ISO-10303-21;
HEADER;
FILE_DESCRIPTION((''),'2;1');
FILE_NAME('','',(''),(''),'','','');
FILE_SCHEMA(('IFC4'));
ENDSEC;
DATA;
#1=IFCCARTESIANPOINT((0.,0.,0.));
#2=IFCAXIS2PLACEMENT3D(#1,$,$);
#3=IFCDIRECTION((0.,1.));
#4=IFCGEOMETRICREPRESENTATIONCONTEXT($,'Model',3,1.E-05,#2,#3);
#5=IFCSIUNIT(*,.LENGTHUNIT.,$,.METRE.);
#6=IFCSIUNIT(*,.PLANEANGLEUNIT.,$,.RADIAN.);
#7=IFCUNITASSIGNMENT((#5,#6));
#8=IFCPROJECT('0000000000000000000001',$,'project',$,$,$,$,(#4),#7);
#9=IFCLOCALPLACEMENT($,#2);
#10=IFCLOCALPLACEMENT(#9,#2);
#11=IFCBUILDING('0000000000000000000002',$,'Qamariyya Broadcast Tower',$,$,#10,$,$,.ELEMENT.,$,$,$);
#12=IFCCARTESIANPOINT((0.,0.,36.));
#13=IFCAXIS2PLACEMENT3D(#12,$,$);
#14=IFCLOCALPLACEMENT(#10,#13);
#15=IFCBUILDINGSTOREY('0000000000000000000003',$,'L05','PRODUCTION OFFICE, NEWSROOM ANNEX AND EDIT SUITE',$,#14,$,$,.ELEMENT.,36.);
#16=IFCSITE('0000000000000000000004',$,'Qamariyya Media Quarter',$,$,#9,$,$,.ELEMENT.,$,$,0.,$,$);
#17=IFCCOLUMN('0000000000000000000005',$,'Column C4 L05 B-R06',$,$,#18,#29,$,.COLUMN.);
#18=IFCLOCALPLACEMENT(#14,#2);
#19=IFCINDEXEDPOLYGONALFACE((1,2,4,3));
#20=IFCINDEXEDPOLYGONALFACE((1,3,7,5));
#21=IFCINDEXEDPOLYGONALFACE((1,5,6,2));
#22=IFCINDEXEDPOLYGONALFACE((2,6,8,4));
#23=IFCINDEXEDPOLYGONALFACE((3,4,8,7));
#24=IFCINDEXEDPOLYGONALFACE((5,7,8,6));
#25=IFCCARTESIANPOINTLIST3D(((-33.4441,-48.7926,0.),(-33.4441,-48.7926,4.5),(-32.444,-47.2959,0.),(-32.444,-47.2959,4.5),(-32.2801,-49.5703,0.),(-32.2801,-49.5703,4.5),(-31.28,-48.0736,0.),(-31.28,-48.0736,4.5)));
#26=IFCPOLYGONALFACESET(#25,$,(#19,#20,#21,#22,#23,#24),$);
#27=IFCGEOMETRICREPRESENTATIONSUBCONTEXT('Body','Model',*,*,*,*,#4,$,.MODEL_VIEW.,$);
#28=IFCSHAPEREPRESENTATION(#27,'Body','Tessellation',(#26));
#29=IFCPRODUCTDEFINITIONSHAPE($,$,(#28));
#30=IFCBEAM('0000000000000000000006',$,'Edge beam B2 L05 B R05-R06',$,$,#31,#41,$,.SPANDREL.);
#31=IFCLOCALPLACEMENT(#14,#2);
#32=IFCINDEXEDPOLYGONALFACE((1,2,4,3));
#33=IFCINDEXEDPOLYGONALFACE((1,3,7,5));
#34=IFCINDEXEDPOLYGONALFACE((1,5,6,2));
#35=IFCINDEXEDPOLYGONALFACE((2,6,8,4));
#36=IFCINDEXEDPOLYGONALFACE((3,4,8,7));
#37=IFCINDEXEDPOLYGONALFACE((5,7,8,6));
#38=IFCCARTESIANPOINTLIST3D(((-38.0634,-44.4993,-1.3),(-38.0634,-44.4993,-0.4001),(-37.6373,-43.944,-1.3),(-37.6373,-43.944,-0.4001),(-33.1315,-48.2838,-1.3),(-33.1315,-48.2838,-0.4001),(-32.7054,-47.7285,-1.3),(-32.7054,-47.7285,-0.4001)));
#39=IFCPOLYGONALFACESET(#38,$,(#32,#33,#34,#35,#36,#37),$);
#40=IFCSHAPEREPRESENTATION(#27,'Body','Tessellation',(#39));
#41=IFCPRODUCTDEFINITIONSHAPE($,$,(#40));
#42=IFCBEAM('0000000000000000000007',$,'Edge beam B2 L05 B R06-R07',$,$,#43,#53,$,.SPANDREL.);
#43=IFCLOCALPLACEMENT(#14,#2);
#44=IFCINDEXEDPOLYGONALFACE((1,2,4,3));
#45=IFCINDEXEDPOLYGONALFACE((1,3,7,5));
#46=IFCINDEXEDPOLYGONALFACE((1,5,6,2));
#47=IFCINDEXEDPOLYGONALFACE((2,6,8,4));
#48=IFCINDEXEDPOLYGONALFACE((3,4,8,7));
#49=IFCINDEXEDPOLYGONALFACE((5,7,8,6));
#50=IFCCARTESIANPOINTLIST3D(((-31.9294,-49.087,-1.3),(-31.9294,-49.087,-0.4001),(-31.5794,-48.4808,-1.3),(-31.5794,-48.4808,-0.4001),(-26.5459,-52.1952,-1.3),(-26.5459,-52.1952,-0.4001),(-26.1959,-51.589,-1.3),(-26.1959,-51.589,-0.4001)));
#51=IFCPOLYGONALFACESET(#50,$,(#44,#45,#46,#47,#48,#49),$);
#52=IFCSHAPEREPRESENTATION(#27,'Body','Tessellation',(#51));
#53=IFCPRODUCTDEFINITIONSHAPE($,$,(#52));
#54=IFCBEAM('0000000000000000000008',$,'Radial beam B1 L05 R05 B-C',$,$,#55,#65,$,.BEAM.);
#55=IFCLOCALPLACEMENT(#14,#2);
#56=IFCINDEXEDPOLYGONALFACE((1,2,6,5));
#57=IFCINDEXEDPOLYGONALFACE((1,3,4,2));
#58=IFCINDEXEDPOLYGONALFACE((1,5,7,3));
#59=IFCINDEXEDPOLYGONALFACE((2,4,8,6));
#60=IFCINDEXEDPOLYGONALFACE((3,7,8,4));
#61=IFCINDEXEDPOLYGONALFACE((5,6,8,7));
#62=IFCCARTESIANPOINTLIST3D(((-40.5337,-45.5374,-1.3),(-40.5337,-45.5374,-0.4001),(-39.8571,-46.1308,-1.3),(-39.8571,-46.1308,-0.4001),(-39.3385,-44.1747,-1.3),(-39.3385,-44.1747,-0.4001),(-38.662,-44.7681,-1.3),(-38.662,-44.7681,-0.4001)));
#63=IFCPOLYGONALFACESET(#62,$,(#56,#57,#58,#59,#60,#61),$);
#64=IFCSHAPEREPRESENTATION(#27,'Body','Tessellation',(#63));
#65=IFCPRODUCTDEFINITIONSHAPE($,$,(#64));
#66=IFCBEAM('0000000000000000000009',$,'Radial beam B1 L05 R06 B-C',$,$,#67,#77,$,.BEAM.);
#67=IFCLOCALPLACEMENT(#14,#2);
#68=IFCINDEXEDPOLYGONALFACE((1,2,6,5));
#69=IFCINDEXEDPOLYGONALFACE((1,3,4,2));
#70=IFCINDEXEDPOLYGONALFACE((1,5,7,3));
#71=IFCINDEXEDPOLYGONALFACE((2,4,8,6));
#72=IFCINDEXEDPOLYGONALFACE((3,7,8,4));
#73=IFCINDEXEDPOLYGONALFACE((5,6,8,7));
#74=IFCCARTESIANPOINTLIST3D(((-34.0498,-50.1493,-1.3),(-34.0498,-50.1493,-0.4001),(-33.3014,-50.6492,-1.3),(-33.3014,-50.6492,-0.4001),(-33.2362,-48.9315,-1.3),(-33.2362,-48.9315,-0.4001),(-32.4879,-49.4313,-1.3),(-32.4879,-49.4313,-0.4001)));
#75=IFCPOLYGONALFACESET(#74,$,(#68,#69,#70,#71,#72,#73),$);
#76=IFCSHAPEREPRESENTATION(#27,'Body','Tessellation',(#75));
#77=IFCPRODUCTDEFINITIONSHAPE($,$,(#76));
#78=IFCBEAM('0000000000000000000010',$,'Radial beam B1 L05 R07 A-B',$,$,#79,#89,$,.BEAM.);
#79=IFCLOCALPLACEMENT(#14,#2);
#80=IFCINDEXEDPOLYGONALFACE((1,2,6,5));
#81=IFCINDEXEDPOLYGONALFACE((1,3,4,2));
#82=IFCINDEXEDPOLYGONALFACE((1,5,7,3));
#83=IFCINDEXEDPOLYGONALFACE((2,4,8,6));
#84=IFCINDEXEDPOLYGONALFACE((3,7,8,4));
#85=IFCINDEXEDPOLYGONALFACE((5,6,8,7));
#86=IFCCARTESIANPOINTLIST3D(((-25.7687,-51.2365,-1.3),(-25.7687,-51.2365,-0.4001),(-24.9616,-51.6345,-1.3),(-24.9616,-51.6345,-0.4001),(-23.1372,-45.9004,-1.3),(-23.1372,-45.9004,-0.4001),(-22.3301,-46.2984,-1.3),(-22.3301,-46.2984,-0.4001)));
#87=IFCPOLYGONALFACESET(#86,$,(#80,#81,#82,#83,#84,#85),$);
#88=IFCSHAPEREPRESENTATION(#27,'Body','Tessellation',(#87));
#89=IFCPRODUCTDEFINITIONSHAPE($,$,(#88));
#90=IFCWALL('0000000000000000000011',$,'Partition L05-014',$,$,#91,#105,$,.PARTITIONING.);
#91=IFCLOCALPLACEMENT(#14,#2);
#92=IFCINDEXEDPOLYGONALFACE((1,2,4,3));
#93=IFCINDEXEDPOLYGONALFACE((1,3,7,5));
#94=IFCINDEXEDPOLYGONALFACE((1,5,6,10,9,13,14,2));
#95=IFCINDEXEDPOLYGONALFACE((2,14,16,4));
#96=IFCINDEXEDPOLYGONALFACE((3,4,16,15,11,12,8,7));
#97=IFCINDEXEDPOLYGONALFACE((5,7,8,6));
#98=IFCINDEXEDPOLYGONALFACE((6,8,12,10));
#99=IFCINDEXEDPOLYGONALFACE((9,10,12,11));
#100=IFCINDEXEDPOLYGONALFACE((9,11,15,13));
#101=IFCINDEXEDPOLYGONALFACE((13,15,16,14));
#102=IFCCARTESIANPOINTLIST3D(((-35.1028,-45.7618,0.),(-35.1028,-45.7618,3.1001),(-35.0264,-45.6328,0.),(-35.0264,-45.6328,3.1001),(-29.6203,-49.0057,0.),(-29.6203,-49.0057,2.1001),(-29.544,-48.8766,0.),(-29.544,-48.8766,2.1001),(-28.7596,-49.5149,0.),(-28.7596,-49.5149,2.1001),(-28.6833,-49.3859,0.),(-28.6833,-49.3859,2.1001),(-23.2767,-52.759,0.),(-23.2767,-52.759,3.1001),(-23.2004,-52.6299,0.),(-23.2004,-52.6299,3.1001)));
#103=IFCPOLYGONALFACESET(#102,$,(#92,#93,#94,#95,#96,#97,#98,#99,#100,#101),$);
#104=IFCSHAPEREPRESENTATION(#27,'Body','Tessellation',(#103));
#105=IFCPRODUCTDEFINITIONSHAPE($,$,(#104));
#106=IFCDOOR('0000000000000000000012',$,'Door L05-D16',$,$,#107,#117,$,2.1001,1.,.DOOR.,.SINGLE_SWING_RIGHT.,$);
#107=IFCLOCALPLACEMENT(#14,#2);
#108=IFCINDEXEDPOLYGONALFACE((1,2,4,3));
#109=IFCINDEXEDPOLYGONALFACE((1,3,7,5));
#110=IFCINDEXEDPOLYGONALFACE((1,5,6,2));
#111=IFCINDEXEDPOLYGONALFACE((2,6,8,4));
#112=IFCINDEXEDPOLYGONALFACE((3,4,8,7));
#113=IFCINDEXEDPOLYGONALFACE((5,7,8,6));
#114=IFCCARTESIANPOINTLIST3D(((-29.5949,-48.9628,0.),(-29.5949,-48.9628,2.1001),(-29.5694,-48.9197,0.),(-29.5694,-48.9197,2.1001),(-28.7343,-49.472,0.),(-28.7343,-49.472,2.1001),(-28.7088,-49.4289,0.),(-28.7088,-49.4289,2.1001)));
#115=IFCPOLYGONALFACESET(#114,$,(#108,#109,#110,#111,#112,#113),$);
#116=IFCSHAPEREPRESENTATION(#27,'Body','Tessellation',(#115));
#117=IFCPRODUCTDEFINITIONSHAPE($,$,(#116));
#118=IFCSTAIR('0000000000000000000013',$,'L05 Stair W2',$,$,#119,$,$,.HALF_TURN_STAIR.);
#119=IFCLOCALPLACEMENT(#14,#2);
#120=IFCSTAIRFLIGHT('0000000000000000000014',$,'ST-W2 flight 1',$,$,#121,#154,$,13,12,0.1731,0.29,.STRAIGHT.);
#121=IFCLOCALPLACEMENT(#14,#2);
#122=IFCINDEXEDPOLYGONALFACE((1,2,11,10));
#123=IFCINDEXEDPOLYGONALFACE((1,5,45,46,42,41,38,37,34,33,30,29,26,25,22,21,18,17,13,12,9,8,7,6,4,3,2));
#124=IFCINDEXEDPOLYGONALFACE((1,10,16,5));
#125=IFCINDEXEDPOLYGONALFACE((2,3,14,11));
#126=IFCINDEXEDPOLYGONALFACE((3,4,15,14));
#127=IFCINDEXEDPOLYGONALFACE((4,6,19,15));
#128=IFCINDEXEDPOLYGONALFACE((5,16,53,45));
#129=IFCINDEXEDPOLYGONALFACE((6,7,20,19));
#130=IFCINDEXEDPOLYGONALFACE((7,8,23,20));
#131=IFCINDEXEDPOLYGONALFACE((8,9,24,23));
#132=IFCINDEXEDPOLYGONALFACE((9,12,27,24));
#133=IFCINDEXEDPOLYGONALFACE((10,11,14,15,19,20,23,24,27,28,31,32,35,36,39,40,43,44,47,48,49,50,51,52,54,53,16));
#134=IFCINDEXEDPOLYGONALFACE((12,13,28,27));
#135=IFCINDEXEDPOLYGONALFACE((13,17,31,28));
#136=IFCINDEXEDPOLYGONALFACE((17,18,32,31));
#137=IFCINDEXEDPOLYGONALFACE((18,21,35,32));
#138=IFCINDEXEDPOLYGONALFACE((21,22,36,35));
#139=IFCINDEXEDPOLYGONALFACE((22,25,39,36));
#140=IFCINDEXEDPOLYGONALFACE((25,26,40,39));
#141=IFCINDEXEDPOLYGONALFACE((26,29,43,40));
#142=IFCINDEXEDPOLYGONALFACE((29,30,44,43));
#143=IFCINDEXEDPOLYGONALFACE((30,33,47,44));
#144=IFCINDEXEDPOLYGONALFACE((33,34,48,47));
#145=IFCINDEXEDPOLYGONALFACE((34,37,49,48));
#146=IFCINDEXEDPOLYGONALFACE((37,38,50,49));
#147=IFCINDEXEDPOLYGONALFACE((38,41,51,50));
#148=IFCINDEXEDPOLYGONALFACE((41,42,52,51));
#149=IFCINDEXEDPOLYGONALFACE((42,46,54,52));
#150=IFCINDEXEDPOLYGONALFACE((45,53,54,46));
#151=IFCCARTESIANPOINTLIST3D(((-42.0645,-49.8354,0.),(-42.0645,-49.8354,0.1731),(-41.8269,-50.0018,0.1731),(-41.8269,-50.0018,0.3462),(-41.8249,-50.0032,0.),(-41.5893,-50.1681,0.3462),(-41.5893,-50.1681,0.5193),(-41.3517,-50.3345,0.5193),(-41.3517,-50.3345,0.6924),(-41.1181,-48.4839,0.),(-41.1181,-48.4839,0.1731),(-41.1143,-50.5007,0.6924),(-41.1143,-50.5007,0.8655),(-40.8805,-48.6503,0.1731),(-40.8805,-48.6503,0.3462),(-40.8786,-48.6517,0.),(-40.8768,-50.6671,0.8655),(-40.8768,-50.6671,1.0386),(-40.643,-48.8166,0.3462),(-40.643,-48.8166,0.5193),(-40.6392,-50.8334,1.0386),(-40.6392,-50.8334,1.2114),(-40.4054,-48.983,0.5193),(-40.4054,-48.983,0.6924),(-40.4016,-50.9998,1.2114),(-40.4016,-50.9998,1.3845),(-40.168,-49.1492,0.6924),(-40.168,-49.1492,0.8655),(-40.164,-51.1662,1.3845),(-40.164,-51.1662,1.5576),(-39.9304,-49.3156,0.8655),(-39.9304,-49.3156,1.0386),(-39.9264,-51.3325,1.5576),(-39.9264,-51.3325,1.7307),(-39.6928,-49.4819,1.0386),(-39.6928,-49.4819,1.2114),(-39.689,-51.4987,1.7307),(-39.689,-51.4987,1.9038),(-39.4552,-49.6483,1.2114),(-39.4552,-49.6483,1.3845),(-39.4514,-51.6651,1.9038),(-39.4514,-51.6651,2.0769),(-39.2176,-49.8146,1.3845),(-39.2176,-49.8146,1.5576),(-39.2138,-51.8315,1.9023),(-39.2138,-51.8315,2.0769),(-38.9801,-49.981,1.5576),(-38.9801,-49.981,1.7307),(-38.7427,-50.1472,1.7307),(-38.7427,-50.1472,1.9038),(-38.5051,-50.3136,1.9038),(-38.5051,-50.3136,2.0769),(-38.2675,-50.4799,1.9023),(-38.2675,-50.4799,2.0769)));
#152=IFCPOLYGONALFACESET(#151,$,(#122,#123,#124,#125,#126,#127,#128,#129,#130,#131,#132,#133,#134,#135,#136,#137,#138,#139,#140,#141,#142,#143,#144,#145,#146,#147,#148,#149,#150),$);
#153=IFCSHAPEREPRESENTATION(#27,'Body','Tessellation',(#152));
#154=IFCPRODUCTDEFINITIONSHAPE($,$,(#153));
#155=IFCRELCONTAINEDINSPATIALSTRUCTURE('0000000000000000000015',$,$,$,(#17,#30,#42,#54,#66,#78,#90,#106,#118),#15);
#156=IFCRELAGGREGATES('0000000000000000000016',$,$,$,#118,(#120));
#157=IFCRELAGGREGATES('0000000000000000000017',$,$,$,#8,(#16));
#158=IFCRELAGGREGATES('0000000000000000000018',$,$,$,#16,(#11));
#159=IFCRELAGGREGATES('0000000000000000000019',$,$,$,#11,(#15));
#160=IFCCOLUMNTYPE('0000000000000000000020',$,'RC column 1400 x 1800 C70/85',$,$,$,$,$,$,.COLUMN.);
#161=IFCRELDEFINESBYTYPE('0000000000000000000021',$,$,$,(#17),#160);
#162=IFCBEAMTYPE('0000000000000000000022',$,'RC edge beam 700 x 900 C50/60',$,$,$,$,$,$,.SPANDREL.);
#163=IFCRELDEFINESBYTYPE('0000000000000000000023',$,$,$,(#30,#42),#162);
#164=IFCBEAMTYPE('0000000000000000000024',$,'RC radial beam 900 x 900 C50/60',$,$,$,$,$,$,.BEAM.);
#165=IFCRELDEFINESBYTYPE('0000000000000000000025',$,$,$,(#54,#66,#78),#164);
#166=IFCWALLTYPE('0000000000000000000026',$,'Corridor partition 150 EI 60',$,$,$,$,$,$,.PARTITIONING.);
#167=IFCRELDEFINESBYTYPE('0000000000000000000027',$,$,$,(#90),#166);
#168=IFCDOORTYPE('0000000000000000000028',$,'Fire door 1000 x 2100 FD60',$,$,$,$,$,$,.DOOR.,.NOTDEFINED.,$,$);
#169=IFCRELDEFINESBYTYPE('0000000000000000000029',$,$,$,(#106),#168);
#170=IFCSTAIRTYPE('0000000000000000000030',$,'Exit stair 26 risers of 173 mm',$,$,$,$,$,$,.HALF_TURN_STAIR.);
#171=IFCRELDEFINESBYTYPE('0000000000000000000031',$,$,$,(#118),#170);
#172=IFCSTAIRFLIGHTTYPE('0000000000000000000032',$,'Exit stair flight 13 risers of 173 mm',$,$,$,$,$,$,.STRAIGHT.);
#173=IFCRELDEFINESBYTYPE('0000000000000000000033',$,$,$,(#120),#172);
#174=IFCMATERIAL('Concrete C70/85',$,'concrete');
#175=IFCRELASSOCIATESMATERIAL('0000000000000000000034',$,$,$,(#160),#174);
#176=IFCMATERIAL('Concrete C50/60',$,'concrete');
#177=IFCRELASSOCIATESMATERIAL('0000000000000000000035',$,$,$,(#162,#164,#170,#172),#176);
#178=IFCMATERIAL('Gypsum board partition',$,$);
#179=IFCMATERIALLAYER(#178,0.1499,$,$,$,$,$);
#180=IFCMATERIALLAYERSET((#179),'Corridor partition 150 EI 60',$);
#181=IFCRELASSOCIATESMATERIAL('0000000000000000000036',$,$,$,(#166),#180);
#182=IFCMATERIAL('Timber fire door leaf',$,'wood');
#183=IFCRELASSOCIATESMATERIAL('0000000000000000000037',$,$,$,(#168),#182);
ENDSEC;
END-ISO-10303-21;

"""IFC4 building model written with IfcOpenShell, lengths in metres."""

from ifc_helpers import new_model, si_unit, direction, frame, frame_2d, origin, origin_2d, place, context, subcontext, project, spatial, polyline, rectangle, outline, extrude, material, layer, layer_set, material_profile, profile_set, type_object, element, fill, aggregate, save


model = new_model("IFC4")

# Units and contexts
model_context = context("Model", 3, precision=1e-05, world=origin(), true_north=direction((0.0, 1.0)))
body_context = subcontext(model_context, "Body", "Model", "MODEL_VIEW")
ifc_project = project(units=[si_unit("LENGTHUNIT", "METRE"), si_unit("PLANEANGLEUNIT", "RADIAN")], contexts=[model_context])

# Site, building, storey
site_placement = place(None, origin())
site = spatial("IfcSite", under=ifc_project, at=site_placement, Name="Qamariyya Media Quarter", CompositionType="ELEMENT", RefElevation=0.0)
building_placement = place(site_placement, origin())
building = spatial("IfcBuilding", under=site, at=building_placement, Name="Qamariyya Broadcast Tower", CompositionType="ELEMENT")
storey_placement = place(building_placement, frame((0.0, 0.0, 36.0)))
storey = spatial("IfcBuildingStorey", under=building, at=storey_placement, Name="L05", Description="PRODUCTION OFFICE, NEWSROOM ANNEX AND EDIT SUITE", CompositionType="ELEMENT", Elevation=36.0)

# Column
ifc_material_1 = material(Name="Concrete C70/85", Category="concrete")
ifc_material_profile_1 = material_profile(ifc_material_1, rectangle(XDim=1.3999, YDim=1.8, at=origin_2d()))
ifc_profile_set_1 = profile_set([ifc_material_profile_1], Name="Concrete C70/85")
column_type = type_object("IfcColumnType", Name="RC column 1400 x 1800 C70/85", PredefinedType="COLUMN", material=ifc_profile_set_1)
column_placement = place(storey_placement, frame((-32.3621, -48.4331, 0.0), z_axis=(0.0, 0.0, 1.0), x_axis=(0.83147, -0.55557, 0.0)))
element("IfcColumn", 1, at=column_placement, inside=storey, type_object=column_type, Name="Column C4 L05 B-R06", PredefinedType="COLUMN", context=body_context, shape_type="SweptSolid", body=[
    extrude(rectangle(XDim=1.3999, YDim=1.8, at=origin_2d()), origin(), (0.0, 0.0, 1.0), 4.5),
])

# Beams
ifc_material_2 = material(Name="Concrete C50/60", Category="concrete")
ifc_material_profile_2 = material_profile(ifc_material_2, rectangle(XDim=0.7, YDim=0.8999, at=origin_2d()))
ifc_profile_set_2 = profile_set([ifc_material_profile_2], Name="Concrete C50/60")
beam_type_1 = type_object("IfcBeamType", Name="RC edge beam 700 x 900 C50/60", PredefinedType="SPANDREL", material=ifc_profile_set_2)
beam_1_placement = place(storey_placement, frame((-37.8503, -44.2217, -0.8501), z_axis=(0.793349, -0.608767, 0.0), x_axis=(0.608767, 0.793349, 0.0)))
element("IfcBeam", 2, at=beam_1_placement, inside=storey, type_object=beam_type_1, Name="Edge beam B2 L05 B R05-R06", PredefinedType="SPANDREL", context=body_context, shape_type="SweptSolid", body=[
    extrude(rectangle(XDim=0.7, YDim=0.8999, at=origin_2d()), origin(), (0.0, 0.0, 1.0), 6.2166),
])
beam_2_placement = place(storey_placement, frame((-31.7544, -48.7839, -0.8501), z_axis=(0.866028, -0.499996, 0.0), x_axis=(0.499996, 0.866028, 0.0)))
element("IfcBeam", 3, at=beam_2_placement, inside=storey, type_object=beam_type_1, Name="Edge beam B2 L05 B R06-R07", PredefinedType="SPANDREL", context=body_context, shape_type="SweptSolid", body=[
    extrude(rectangle(XDim=0.7, YDim=0.8999, at=origin_2d()), origin(), (0.0, 0.0, 1.0), 6.2163),
])
ifc_material_profile_3 = material_profile(ifc_material_2, rectangle(XDim=0.8999, YDim=0.8999, at=origin_2d()))
ifc_profile_set_3 = profile_set([ifc_material_profile_3], Name="Concrete C50/60")
beam_type_2 = type_object("IfcBeamType", Name="RC radial beam 900 x 900 C50/60", PredefinedType="BEAM", material=ifc_profile_set_3)
beam_3_placement = place(storey_placement, frame((-39.0002, -44.4714, -0.8501), z_axis=(-0.659391, -0.7518, 0.0), x_axis=(0.7518, -0.659391, 0.0)))
element("IfcBeam", 4, at=beam_3_placement, inside=storey, type_object=beam_type_2, Name="Radial beam B1 L05 R05 B-C", PredefinedType="BEAM", context=body_context, shape_type="SweptSolid", body=[
    extrude(rectangle(XDim=0.8999, YDim=0.8999, at=origin_2d()), origin(), (0.0, 0.0, 1.0), 1.8125),
])
beam_4_placement = place(storey_placement, frame((-32.8621, -49.1814, -0.8501), z_axis=(-0.555469, -0.831537, 0.0), x_axis=(0.831537, -0.555469, 0.0)))
element("IfcBeam", 5, at=beam_4_placement, inside=storey, type_object=beam_type_2, Name="Radial beam B1 L05 R06 B-C", PredefinedType="BEAM", context=body_context, shape_type="SweptSolid", body=[
    extrude(rectangle(XDim=0.8999, YDim=0.8999, at=origin_2d()), origin(), (0.0, 0.0, 1.0), 1.4646),
])
beam_5_placement = place(storey_placement, frame((-22.7336, -46.0994, -0.8501), z_axis=(-0.442299, -0.896868, 0.0), x_axis=(0.896868, -0.442299, 0.0)))
element("IfcBeam", 6, at=beam_5_placement, inside=storey, type_object=beam_type_2, Name="Radial beam B1 L05 R07 A-B", PredefinedType="BEAM", context=body_context, shape_type="SweptSolid", body=[
    extrude(rectangle(XDim=0.8999, YDim=0.8999, at=origin_2d()), origin(), (0.0, 0.0, 1.0), 5.9497),
])

# Wall, opening, door
ifc_material_3 = material(Name="Gypsum board partition")
ifc_layer = layer(ifc_material_3, 0.1499)
ifc_layer_set = layer_set([ifc_layer], Name="Corridor partition 150 EI 60")
wall_type = type_object("IfcWallType", Name="Corridor partition 150 EI 60", PredefinedType="PARTITIONING", material=ifc_layer_set)
wall_placement = place(storey_placement, frame((-35.0647, -45.6973, 0.0), z_axis=(0.0, 0.0, 1.0), x_axis=(0.860639, -0.509216, 0.0)))
wall = element("IfcWall", 7, at=wall_placement, inside=storey, type_object=wall_type, Name="Partition L05-014", PredefinedType="PARTITIONING", context=body_context, shape_type="SweptSolid", body=[
    extrude(rectangle(XDim=13.741, YDim=0.1499, at=frame_2d((6.8706, 0.0))), origin(), (0.0, 0.0, 1.0), 3.1001),
])
opening_placement = place(wall_placement, frame((6.3704, 0.0, 0.0)))
opening = element("IfcOpeningElement", 8, at=opening_placement, cuts=wall, PredefinedType="OPENING", context=body_context, shape_type="SweptSolid", body=[
    extrude(rectangle(XDim=1.0, YDim=2.1001, at=frame_2d((0.5, 1.05))), frame((0.0, 0.085, 0.0), z_axis=(0.0, -1.0, 0.0), x_axis=(1.0, 0.0, 0.0)), (0.0, 0.0, 1.0), 0.1699),
])
ifc_material_4 = material(Name="Timber fire door leaf", Category="wood")
door_type = type_object("IfcDoorType", Name="Fire door 1000 x 2100 FD60", OperationType="NOTDEFINED", PredefinedType="DOOR", material=ifc_material_4)
door_placement = place(opening_placement, origin())
door = element("IfcDoor", 9, at=door_placement, inside=storey, type_object=door_type, Name="Door L05-D16", OperationType="SINGLE_SWING_RIGHT", OverallHeight=2.1001, OverallWidth=1.0, PredefinedType="DOOR", context=body_context, shape_type="SweptSolid", body=[
    extrude(rectangle(XDim=1.0, YDim=2.1001, at=frame_2d((0.5, 1.05))), frame((0.0, 0.0249, 0.0), z_axis=(0.0, -1.0, 0.0), x_axis=(1.0, 0.0, 0.0)), (0.0, 0.0, 1.0), 0.05),
])
fill(opening, door)

# Stair, stair flight
stair_type = type_object("IfcStairType", Name="Exit stair 26 risers of 173 mm", PredefinedType="HALF_TURN_STAIR", material=ifc_material_2)
stair_placement = place(storey_placement, origin())
stair = element("IfcStair", 10, at=stair_placement, inside=storey, type_object=stair_type, Name="L05 Stair W2", PredefinedType="HALF_TURN_STAIR")
stair_flight_type = type_object("IfcStairFlightType", Name="Exit stair flight 13 risers of 173 mm", PredefinedType="STRAIGHT", material=ifc_material_2)
stair_flight_1_placement = place(storey_placement, frame((-41.5913, -49.1597, 0.0), z_axis=(0.0, 0.0, 1.0), x_axis=(0.819152, -0.573576, 0.0)))
stair_flight_1 = element("IfcStairFlight", 11, at=stair_flight_1_placement, type_object=stair_flight_type, Name="ST-W2 flight 1", NumberOfRisers=13, NumberOfTreads=12, PredefinedType="STRAIGHT", RiserHeight=0.1731, TreadLength=0.29, context=body_context, shape_type="SweptSolid", body=[
    extrude(outline(polyline([(0.0, 0.0), (0.0, 0.1731), (0.29, 0.1731), (0.29, 0.3462), (0.5801, 0.3462), (0.5801, 0.5193), (0.8701, 0.5193), (0.8701, 0.6924), (1.1599, 0.6924), (1.1599, 0.8655), (1.45, 0.8655), (1.45, 1.0386), (1.74, 1.0386), (1.74, 1.2114), (2.03, 1.2114), (2.03, 1.3845), (2.3201, 1.3845), (2.3201, 1.5576), (2.6101, 1.5576), (2.6101, 1.7307), (2.8999, 1.7307), (2.8999, 1.9038), (3.1899, 1.9038), (3.1899, 2.0769), (3.48, 2.0769), (3.48, 2.25), (3.48, 1.9023), (0.2925, 0.0), (0.0, 0.0)])), frame((0.0, 0.825, 0.0), z_axis=(0.0, -1.0, 0.0), x_axis=(1.0, 0.0, 0.0)), (0.0, 0.0, 1.0), 1.6499),
])
aggregate(stair, [stair_flight_1])

save(model, "model.ifc")
